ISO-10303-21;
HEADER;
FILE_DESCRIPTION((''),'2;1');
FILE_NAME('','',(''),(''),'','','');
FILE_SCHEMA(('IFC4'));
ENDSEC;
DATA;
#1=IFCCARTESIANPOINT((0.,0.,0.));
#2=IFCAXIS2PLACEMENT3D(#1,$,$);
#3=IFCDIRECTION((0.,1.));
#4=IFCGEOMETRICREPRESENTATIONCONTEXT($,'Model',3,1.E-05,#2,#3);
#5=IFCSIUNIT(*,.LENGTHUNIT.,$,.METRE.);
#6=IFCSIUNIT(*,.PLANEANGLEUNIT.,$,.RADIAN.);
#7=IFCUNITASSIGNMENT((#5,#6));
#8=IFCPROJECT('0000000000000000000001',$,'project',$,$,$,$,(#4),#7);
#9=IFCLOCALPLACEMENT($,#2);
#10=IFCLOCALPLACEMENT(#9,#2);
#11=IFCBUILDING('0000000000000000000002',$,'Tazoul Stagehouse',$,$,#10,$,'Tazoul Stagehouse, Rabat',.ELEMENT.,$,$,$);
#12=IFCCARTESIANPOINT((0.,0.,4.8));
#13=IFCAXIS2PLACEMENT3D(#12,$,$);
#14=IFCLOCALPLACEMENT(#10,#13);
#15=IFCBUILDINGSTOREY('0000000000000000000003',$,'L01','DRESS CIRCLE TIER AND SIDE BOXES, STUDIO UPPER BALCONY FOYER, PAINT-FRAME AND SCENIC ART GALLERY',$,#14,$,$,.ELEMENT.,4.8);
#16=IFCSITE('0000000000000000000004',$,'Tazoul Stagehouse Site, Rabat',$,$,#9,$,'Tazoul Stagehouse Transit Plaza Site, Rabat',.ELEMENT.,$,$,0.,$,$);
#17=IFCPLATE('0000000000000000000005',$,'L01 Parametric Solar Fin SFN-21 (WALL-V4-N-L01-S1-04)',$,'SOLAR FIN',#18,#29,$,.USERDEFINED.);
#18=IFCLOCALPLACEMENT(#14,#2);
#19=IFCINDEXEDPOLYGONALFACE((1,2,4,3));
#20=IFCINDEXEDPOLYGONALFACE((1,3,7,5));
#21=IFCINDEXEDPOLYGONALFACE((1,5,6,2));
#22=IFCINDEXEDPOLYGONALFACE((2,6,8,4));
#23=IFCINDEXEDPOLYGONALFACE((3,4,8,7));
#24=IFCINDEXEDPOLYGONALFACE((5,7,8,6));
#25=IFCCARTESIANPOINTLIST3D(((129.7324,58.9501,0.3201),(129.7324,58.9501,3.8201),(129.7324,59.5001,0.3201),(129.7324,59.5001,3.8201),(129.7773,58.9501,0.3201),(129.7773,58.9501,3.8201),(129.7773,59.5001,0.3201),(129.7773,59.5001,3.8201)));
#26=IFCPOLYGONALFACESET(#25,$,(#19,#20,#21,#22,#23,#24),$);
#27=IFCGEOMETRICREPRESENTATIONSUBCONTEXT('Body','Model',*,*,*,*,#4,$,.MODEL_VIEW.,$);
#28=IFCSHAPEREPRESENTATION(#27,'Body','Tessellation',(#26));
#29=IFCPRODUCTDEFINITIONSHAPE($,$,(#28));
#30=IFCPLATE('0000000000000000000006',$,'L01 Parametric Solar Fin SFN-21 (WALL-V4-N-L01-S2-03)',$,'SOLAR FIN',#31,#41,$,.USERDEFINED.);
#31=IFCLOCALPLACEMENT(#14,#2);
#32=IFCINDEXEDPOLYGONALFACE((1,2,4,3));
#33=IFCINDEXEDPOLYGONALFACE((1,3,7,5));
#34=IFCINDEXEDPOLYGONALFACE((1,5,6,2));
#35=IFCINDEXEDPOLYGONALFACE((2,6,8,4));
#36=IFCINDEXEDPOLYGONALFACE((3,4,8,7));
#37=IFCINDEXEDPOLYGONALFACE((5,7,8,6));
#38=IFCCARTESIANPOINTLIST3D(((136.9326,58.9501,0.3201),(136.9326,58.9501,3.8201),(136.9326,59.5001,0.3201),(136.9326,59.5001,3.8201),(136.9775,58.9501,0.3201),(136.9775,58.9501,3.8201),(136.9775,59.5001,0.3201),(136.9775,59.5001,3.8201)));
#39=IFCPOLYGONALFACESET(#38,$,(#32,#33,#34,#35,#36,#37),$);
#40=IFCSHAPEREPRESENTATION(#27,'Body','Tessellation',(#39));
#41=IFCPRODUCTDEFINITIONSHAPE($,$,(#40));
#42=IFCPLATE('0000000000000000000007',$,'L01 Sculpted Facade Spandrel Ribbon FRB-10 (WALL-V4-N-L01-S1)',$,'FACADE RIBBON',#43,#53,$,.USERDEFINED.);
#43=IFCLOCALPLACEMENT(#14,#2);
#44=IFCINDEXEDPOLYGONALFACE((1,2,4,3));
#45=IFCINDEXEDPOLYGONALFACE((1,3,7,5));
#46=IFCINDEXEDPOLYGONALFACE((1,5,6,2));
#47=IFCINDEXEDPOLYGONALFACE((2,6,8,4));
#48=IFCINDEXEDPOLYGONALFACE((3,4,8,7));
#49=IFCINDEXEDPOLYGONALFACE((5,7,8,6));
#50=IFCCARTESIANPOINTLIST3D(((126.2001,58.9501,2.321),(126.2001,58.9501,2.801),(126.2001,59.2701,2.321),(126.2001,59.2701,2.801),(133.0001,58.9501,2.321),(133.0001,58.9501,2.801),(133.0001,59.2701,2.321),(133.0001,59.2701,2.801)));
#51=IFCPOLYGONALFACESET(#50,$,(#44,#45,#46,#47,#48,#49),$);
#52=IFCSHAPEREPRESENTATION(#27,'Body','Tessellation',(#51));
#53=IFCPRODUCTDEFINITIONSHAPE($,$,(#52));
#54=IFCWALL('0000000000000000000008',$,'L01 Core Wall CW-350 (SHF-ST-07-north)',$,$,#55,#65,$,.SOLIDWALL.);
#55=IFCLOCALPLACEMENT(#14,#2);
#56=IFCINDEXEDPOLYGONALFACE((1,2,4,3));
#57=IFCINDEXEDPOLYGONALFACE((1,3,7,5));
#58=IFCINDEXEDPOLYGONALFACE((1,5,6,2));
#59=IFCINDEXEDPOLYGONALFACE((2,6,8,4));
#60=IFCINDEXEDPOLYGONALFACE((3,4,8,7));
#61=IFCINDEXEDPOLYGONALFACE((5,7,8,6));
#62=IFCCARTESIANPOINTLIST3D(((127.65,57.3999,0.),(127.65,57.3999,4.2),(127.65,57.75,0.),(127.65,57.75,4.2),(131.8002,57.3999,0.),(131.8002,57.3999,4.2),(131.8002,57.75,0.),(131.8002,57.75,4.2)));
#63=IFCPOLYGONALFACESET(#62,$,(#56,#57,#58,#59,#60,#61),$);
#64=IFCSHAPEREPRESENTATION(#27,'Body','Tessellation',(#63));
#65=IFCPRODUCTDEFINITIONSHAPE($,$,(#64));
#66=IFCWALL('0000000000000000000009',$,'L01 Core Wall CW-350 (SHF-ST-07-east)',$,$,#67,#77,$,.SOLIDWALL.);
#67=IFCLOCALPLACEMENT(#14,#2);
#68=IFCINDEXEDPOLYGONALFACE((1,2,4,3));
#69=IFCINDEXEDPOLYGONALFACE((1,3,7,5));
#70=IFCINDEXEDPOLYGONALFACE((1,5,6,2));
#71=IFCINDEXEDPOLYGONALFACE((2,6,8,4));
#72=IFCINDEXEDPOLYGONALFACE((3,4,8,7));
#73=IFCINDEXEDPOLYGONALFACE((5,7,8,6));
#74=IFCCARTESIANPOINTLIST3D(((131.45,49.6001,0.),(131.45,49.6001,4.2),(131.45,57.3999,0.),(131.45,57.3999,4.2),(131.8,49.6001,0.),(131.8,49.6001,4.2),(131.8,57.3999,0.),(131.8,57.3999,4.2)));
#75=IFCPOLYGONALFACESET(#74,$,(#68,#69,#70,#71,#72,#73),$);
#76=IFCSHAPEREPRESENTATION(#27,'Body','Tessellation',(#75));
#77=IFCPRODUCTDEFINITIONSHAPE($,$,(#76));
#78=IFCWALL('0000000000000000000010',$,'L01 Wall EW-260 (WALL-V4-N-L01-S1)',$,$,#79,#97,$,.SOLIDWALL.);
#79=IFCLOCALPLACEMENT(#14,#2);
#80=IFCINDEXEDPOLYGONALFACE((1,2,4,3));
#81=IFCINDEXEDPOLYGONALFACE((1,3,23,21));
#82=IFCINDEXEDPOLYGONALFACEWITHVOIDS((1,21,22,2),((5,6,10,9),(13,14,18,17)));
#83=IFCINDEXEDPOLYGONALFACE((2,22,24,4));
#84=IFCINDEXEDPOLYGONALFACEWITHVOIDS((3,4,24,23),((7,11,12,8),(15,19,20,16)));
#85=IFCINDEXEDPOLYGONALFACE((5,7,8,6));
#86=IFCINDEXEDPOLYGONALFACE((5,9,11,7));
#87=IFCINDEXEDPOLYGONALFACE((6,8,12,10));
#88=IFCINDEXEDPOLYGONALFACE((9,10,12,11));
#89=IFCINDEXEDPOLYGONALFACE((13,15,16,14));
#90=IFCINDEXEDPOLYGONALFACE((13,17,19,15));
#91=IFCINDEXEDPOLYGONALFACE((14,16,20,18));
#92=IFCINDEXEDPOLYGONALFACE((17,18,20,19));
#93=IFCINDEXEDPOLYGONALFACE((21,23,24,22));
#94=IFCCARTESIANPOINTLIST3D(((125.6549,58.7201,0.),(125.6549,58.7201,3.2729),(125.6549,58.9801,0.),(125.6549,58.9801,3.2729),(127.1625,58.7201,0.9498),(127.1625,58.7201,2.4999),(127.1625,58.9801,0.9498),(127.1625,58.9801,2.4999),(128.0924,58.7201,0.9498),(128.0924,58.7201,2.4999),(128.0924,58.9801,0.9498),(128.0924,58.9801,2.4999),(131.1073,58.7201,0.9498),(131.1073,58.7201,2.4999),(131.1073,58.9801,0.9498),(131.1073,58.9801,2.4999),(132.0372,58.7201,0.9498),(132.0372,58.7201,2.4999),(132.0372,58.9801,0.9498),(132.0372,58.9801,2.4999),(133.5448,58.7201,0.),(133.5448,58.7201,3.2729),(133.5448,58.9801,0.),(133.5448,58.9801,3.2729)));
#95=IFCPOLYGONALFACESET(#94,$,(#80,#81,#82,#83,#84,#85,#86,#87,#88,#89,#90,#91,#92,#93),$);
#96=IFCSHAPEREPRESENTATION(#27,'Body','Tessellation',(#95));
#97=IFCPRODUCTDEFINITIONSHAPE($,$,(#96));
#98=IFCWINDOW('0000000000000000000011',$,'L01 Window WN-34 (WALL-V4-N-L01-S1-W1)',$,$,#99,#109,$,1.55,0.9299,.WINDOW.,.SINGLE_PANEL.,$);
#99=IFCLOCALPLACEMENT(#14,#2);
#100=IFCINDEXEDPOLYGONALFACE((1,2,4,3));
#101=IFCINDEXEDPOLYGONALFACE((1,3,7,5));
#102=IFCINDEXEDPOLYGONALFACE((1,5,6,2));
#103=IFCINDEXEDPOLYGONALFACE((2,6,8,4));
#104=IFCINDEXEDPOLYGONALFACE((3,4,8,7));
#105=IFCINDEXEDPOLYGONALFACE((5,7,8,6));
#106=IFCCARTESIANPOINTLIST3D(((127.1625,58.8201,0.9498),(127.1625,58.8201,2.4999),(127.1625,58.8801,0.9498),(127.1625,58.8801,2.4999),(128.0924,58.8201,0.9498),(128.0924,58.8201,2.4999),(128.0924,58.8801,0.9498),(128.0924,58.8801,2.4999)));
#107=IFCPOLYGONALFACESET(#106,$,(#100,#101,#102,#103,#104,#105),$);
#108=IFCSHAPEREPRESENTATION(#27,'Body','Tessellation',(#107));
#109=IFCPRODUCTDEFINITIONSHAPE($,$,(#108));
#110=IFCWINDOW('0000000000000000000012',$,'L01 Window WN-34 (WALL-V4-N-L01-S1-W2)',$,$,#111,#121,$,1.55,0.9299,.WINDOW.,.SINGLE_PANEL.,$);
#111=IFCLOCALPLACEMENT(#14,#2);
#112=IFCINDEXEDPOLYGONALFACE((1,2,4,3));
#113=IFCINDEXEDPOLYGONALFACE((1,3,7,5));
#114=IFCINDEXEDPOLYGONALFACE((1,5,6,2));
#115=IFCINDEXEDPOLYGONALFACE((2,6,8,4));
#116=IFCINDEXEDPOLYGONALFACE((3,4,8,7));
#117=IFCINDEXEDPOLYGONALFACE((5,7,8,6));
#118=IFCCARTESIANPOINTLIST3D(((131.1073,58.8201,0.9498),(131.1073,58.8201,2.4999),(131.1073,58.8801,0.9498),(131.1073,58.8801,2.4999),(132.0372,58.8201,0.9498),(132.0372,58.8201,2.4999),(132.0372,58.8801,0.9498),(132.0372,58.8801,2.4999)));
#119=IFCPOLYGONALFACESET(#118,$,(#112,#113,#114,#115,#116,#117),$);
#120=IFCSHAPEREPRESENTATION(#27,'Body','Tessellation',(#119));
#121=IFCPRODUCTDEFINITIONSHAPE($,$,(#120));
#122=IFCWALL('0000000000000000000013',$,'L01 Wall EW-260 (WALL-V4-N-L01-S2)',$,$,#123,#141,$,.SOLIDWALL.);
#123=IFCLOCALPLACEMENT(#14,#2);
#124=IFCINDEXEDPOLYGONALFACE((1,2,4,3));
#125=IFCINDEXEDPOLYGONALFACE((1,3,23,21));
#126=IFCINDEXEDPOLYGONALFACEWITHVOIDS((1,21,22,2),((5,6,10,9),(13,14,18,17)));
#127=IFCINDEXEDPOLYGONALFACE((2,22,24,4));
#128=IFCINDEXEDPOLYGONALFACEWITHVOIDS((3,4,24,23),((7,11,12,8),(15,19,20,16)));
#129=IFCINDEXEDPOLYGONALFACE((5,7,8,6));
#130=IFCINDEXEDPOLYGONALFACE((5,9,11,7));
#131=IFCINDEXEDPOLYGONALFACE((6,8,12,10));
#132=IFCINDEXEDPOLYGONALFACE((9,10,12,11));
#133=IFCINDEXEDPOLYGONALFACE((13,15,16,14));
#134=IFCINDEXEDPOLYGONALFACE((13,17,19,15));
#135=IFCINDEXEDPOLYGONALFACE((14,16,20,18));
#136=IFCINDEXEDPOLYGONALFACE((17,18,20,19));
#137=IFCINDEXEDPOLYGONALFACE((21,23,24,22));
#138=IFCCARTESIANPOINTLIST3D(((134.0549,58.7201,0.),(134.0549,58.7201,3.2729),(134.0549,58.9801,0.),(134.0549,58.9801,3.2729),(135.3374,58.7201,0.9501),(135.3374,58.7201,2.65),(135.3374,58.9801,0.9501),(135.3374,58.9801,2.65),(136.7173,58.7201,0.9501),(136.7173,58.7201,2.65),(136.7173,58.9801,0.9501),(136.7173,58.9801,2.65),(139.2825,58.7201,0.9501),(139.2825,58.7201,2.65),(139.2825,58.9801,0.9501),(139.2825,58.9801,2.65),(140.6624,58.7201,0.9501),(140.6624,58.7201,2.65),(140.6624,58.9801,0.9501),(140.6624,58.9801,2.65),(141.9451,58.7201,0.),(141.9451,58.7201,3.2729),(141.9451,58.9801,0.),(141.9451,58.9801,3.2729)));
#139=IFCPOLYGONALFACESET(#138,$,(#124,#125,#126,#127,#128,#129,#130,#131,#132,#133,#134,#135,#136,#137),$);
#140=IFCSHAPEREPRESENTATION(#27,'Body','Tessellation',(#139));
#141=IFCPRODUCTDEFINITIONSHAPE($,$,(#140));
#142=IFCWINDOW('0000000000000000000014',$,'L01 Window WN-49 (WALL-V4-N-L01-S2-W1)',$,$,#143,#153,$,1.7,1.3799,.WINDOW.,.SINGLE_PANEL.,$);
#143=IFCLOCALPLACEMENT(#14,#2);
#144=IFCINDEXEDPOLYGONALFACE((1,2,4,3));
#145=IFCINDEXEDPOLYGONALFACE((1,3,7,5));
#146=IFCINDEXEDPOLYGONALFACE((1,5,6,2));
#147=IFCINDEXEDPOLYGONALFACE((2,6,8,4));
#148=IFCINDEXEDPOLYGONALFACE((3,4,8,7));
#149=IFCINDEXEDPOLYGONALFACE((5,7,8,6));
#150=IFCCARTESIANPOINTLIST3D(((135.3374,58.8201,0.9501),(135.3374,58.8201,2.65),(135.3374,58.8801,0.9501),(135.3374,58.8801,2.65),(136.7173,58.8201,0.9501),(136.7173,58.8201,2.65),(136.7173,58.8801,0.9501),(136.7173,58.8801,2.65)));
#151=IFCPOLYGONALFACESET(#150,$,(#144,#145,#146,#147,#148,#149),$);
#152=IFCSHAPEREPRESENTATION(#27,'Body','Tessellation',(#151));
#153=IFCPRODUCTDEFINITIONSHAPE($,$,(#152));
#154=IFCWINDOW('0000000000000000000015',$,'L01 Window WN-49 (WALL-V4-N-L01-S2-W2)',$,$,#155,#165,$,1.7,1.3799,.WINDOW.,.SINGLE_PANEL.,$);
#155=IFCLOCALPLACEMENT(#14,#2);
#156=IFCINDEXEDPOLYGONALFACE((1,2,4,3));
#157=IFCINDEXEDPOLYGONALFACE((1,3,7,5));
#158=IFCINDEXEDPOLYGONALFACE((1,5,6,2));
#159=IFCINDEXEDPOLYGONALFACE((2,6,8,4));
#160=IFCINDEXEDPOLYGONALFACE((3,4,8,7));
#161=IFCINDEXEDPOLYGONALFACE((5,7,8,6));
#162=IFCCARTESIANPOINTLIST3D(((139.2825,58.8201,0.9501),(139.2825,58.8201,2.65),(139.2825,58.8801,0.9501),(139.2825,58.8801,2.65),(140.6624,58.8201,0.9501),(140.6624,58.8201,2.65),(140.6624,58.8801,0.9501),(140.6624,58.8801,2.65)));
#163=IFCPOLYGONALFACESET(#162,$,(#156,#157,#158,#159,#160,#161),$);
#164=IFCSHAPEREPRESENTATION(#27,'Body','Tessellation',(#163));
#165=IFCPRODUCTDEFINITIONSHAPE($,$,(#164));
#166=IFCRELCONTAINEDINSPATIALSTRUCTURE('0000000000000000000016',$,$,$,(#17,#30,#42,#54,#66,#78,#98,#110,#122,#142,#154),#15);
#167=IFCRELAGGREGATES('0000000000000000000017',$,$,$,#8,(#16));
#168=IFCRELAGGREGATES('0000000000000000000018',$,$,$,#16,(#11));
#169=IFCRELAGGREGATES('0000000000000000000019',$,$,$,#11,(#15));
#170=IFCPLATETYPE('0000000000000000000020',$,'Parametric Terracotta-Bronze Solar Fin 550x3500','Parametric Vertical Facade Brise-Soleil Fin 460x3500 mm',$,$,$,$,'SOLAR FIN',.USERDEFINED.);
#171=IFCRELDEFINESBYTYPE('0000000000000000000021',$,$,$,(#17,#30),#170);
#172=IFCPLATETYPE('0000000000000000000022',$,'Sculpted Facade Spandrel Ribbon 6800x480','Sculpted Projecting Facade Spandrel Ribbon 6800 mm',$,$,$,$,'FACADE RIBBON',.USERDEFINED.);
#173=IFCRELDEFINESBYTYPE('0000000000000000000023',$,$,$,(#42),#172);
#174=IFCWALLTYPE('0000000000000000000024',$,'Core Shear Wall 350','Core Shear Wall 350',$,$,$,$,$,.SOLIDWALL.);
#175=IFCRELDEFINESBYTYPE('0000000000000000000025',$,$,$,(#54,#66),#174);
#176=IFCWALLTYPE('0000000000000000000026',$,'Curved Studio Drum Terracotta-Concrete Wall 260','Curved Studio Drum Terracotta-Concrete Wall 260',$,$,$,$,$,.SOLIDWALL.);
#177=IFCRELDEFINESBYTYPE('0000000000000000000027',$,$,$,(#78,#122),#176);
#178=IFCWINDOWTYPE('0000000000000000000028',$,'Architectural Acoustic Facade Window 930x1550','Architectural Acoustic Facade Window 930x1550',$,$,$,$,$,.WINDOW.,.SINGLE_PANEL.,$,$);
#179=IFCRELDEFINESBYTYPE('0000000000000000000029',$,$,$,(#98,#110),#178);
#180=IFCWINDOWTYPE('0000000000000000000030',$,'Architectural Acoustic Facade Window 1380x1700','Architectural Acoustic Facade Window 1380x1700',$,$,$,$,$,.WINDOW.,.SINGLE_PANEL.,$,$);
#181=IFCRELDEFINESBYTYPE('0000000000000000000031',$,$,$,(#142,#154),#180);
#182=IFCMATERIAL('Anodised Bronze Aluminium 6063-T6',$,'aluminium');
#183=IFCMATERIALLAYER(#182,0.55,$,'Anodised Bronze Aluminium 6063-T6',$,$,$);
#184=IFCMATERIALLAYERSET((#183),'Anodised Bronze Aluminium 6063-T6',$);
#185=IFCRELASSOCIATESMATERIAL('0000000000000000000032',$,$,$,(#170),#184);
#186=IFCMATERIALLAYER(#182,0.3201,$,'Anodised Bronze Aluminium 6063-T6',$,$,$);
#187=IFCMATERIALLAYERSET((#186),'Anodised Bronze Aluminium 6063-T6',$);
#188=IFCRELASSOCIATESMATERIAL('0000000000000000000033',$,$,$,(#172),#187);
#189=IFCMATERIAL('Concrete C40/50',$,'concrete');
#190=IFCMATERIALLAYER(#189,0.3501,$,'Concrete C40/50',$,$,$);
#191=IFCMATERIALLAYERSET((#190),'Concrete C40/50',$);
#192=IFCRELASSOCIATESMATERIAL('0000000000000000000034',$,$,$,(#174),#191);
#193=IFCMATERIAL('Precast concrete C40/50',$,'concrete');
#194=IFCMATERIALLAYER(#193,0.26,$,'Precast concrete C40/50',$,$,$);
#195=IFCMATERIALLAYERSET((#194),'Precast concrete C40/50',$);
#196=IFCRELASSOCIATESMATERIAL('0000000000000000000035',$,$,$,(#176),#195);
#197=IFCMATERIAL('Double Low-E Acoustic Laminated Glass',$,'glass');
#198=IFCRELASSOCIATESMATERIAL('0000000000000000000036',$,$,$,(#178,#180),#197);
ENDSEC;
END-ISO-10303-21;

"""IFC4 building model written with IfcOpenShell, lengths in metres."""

from ifc_helpers import new_model, si_unit, direction, frame, frame_2d, origin, origin_2d, place, context, subcontext, project, spatial, rectangle, extrude, material, layer, layer_set, type_object, element, fill, save


model = new_model("IFC4")

# Units and contexts
model_context = context("Model", 3, precision=1e-05, world=origin(), true_north=direction((0.0, 1.0)))
body_context = subcontext(model_context, "Body", "Model", "MODEL_VIEW")
ifc_project = project(units=[si_unit("LENGTHUNIT", "METRE"), si_unit("PLANEANGLEUNIT", "RADIAN")], contexts=[model_context])

# Site, building, storey
site_placement = place(None, origin())
site = spatial("IfcSite", under=ifc_project, at=site_placement, Name="Tazoul Stagehouse Site, Rabat", LongName="Tazoul Stagehouse Transit Plaza Site, Rabat", CompositionType="ELEMENT", RefElevation=0.0)
building_placement = place(site_placement, origin())
building = spatial("IfcBuilding", under=site, at=building_placement, Name="Tazoul Stagehouse", LongName="Tazoul Stagehouse, Rabat", CompositionType="ELEMENT")
storey_placement = place(building_placement, frame((0.0, 0.0, 4.8)))
storey = spatial("IfcBuildingStorey", under=building, at=storey_placement, Name="L01", Description="DRESS CIRCLE TIER AND SIDE BOXES, STUDIO UPPER BALCONY FOYER, PAINT-FRAME AND SCENIC ART GALLERY", CompositionType="ELEMENT", Elevation=4.8)

# Shared definitions
ifc_material_1 = material(Name="Concrete C40/50", Category="concrete")

# Plates
ifc_material_2 = material(Name="Anodised Bronze Aluminium 6063-T6", Category="aluminium")
ifc_layer_1 = layer(ifc_material_2, 0.55, Name="Anodised Bronze Aluminium 6063-T6")
ifc_layer_set_1 = layer_set([ifc_layer_1], Name="Anodised Bronze Aluminium 6063-T6")
plate_type_1 = type_object("IfcPlateType", Name="Parametric Terracotta-Bronze Solar Fin 550x3500", Description="Parametric Vertical Facade Brise-Soleil Fin 460x3500 mm", ElementType="SOLAR FIN", PredefinedType="USERDEFINED", material=ifc_layer_set_1)
for number, where, z_axis, x_axis, name in (
    (1, (129.7549, 59.2251, 0.3201), (0.0, 0.0, 1.0), (1.0, 0.0, 0.0), "L01 Parametric Solar Fin SFN-21 (WALL-V4-N-L01-S1-04)"),
    (2, (136.9551, 59.2251, 0.3201), (0.0, 0.0, 1.0), (1.0, 0.0, 0.0), "L01 Parametric Solar Fin SFN-21 (WALL-V4-N-L01-S2-03)"),
):
    element("IfcPlate", number, at=place(storey_placement, frame(where, z_axis=z_axis, x_axis=x_axis)), inside=storey, type_object=plate_type_1, Name=name, ObjectType="SOLAR FIN", PredefinedType="USERDEFINED", context=body_context, shape_type="SweptSolid", body=[
        extrude(rectangle(XDim=0.0449, YDim=0.55, at=origin_2d()), origin(), (0.0, 0.0, 1.0), 3.5),
    ])
ifc_layer_2 = layer(ifc_material_2, 0.3201, Name="Anodised Bronze Aluminium 6063-T6")
ifc_layer_set_2 = layer_set([ifc_layer_2], Name="Anodised Bronze Aluminium 6063-T6")
plate_type_2 = type_object("IfcPlateType", Name="Sculpted Facade Spandrel Ribbon 6800x480", Description="Sculpted Projecting Facade Spandrel Ribbon 6800 mm", ElementType="FACADE RIBBON", PredefinedType="USERDEFINED", material=ifc_layer_set_2)
plate_placement = place(storey_placement, frame((129.6001, 59.1101, 2.321), z_axis=(0.0, 0.0, 1.0), x_axis=(1.0, 0.0, 0.0)))
element("IfcPlate", 3, at=plate_placement, inside=storey, type_object=plate_type_2, Name="L01 Sculpted Facade Spandrel Ribbon FRB-10 (WALL-V4-N-L01-S1)", ObjectType="FACADE RIBBON", PredefinedType="USERDEFINED", context=body_context, shape_type="SweptSolid", body=[
    extrude(rectangle(XDim=6.8, YDim=0.3201, at=origin_2d()), origin(), (0.0, 0.0, 1.0), 0.48),
])

# Walls
ifc_layer_3 = layer(ifc_material_1, 0.3501, Name="Concrete C40/50")
ifc_layer_set_3 = layer_set([ifc_layer_3], Name="Concrete C40/50")
wall_type_1 = type_object("IfcWallType", Name="Core Shear Wall 350", Description="Core Shear Wall 350", PredefinedType="SOLIDWALL", material=ifc_layer_set_3)
wall_1_placement = place(storey_placement, frame((127.6499, 57.575, 0.0), z_axis=(0.0, 0.0, 1.0), x_axis=(1.0, 0.0, 0.0)))
element("IfcWall", 4, at=wall_1_placement, inside=storey, type_object=wall_type_1, Name="L01 Core Wall CW-350 (SHF-ST-07-north)", PredefinedType="SOLIDWALL", context=body_context, shape_type="SweptSolid", body=[
    extrude(rectangle(XDim=4.1501, YDim=0.3501, at=frame_2d((2.0752, 0.0))), origin(), (0.0, 0.0, 1.0), 4.2),
])
wall_2_placement = place(storey_placement, frame((131.625, 57.3999, 0.0), z_axis=(0.0, 0.0, 1.0), x_axis=(0.0, -1.0, 0.0)))
element("IfcWall", 5, at=wall_2_placement, inside=storey, type_object=wall_type_1, Name="L01 Core Wall CW-350 (SHF-ST-07-east)", PredefinedType="SOLIDWALL", context=body_context, shape_type="SweptSolid", body=[
    extrude(rectangle(XDim=7.7998, YDim=0.3501, at=frame_2d((3.8999, 0.0))), origin(), (0.0, 0.0, 1.0), 4.2),
])

# Walls, openings, windows
ifc_material_3 = material(Name="Precast concrete C40/50", Category="concrete")
ifc_layer_4 = layer(ifc_material_3, 0.26, Name="Precast concrete C40/50")
ifc_layer_set_4 = layer_set([ifc_layer_4], Name="Precast concrete C40/50")
wall_type_2 = type_object("IfcWallType", Name="Curved Studio Drum Terracotta-Concrete Wall 260", Description="Curved Studio Drum Terracotta-Concrete Wall 260", PredefinedType="SOLIDWALL", material=ifc_layer_set_4)
wall_3_placement = place(storey_placement, frame((125.655, 58.8501, 0.0), z_axis=(0.0, 0.0, 1.0), x_axis=(1.0, 0.0, 0.0)))
wall_3 = element("IfcWall", 6, at=wall_3_placement, inside=storey, type_object=wall_type_2, Name="L01 Wall EW-260 (WALL-V4-N-L01-S1)", PredefinedType="SOLIDWALL", context=body_context, shape_type="SweptSolid", body=[
    extrude(rectangle(XDim=7.8899, YDim=0.26, at=frame_2d((3.9448, 0.0))), origin(), (0.0, 0.0, 1.0), 3.2729),
])
opening_1_placement = place(wall_3_placement, frame((1.5076, 0.0, 0.95)))
opening_1 = element("IfcOpeningElement", 7, at=opening_1_placement, cuts=wall_3, PredefinedType="OPENING", context=body_context, shape_type="SweptSolid", body=[
    extrude(rectangle(XDim=0.9299, YDim=1.55, at=frame_2d((0.4648, 0.7749))), frame((0.0, 0.1499, 0.0), z_axis=(0.0, -1.0, 0.0), x_axis=(1.0, 0.0, 0.0)), (0.0, 0.0, 1.0), 0.3),
])
opening_2_placement = place(wall_3_placement, frame((5.4524, 0.0, 0.95)))
opening_2 = element("IfcOpeningElement", 8, at=opening_2_placement, cuts=wall_3, PredefinedType="OPENING", context=body_context, shape_type="SweptSolid", body=[
    extrude(rectangle(XDim=0.9299, YDim=1.55, at=frame_2d((0.4648, 0.7749))), frame((0.0, 0.1499, 0.0), z_axis=(0.0, -1.0, 0.0), x_axis=(1.0, 0.0, 0.0)), (0.0, 0.0, 1.0), 0.3),
])
ifc_material_4 = material(Name="Double Low-E Acoustic Laminated Glass", Category="glass")
window_type_1 = type_object("IfcWindowType", Name="Architectural Acoustic Facade Window 930x1550", Description="Architectural Acoustic Facade Window 930x1550", PartitioningType="SINGLE_PANEL", PredefinedType="WINDOW", material=ifc_material_4)
window_1_placement = place(opening_1_placement, origin())
window_1 = element("IfcWindow", 9, at=window_1_placement, inside=storey, type_object=window_type_1, Name="L01 Window WN-34 (WALL-V4-N-L01-S1-W1)", OverallHeight=1.55, OverallWidth=0.9299, PartitioningType="SINGLE_PANEL", PredefinedType="WINDOW", context=body_context, shape_type="SweptSolid", body=[
    extrude(rectangle(XDim=0.9299, YDim=1.55, at=frame_2d((0.4648, 0.7749))), frame((0.0, 0.03, 0.0), z_axis=(0.0, -1.0, 0.0), x_axis=(1.0, 0.0, 0.0)), (0.0, 0.0, 1.0), 0.0601),
])
fill(opening_1, window_1)
window_2_placement = place(opening_2_placement, origin())
window_2 = element("IfcWindow", 10, at=window_2_placement, inside=storey, type_object=window_type_1, Name="L01 Window WN-34 (WALL-V4-N-L01-S1-W2)", OverallHeight=1.55, OverallWidth=0.9299, PartitioningType="SINGLE_PANEL", PredefinedType="WINDOW", context=body_context, shape_type="SweptSolid", body=[
    extrude(rectangle(XDim=0.9299, YDim=1.55, at=frame_2d((0.4648, 0.7749))), frame((0.0, 0.03, 0.0), z_axis=(0.0, -1.0, 0.0), x_axis=(1.0, 0.0, 0.0)), (0.0, 0.0, 1.0), 0.0601),
])
fill(opening_2, window_2)
wall_4_placement = place(storey_placement, frame((134.0549, 58.8501, 0.0), z_axis=(0.0, 0.0, 1.0), x_axis=(1.0, 0.0, 0.0)))
wall_4 = element("IfcWall", 11, at=wall_4_placement, inside=storey, type_object=wall_type_2, Name="L01 Wall EW-260 (WALL-V4-N-L01-S2)", PredefinedType="SOLIDWALL", context=body_context, shape_type="SweptSolid", body=[
    extrude(rectangle(XDim=7.8901, YDim=0.26, at=frame_2d((3.9451, 0.0))), origin(), (0.0, 0.0, 1.0), 3.2729),
])
opening_3_placement = place(wall_4_placement, frame((1.2825, 0.0, 0.95)))
opening_3 = element("IfcOpeningElement", 12, at=opening_3_placement, cuts=wall_4, PredefinedType="OPENING", context=body_context, shape_type="SweptSolid", body=[
    extrude(rectangle(XDim=1.3799, YDim=1.7, at=frame_2d((0.6899, 0.8501))), frame((0.0, 0.1499, 0.0), z_axis=(0.0, -1.0, 0.0), x_axis=(1.0, 0.0, 0.0)), (0.0, 0.0, 1.0), 0.3),
])
opening_4_placement = place(wall_4_placement, frame((5.2275, 0.0, 0.95)))
opening_4 = element("IfcOpeningElement", 13, at=opening_4_placement, cuts=wall_4, PredefinedType="OPENING", context=body_context, shape_type="SweptSolid", body=[
    extrude(rectangle(XDim=1.3799, YDim=1.7, at=frame_2d((0.6899, 0.8501))), frame((0.0, 0.1499, 0.0), z_axis=(0.0, -1.0, 0.0), x_axis=(1.0, 0.0, 0.0)), (0.0, 0.0, 1.0), 0.3),
])
window_type_2 = type_object("IfcWindowType", Name="Architectural Acoustic Facade Window 1380x1700", Description="Architectural Acoustic Facade Window 1380x1700", PartitioningType="SINGLE_PANEL", PredefinedType="WINDOW", material=ifc_material_4)
window_3_placement = place(opening_3_placement, origin())
window_3 = element("IfcWindow", 14, at=window_3_placement, inside=storey, type_object=window_type_2, Name="L01 Window WN-49 (WALL-V4-N-L01-S2-W1)", OverallHeight=1.7, OverallWidth=1.3799, PartitioningType="SINGLE_PANEL", PredefinedType="WINDOW", context=body_context, shape_type="SweptSolid", body=[
    extrude(rectangle(XDim=1.3799, YDim=1.7, at=frame_2d((0.6899, 0.8501))), frame((0.0, 0.03, 0.0), z_axis=(0.0, -1.0, 0.0), x_axis=(1.0, 0.0, 0.0)), (0.0, 0.0, 1.0), 0.0601),
])
fill(opening_3, window_3)
window_4_placement = place(opening_4_placement, origin())
window_4 = element("IfcWindow", 15, at=window_4_placement, inside=storey, type_object=window_type_2, Name="L01 Window WN-49 (WALL-V4-N-L01-S2-W2)", OverallHeight=1.7, OverallWidth=1.3799, PartitioningType="SINGLE_PANEL", PredefinedType="WINDOW", context=body_context, shape_type="SweptSolid", body=[
    extrude(rectangle(XDim=1.3799, YDim=1.7, at=frame_2d((0.6899, 0.8501))), frame((0.0, 0.03, 0.0), z_axis=(0.0, -1.0, 0.0), x_axis=(1.0, 0.0, 0.0)), (0.0, 0.0, 1.0), 0.0601),
])
fill(opening_4, window_4)

save(model, "model.ifc")
